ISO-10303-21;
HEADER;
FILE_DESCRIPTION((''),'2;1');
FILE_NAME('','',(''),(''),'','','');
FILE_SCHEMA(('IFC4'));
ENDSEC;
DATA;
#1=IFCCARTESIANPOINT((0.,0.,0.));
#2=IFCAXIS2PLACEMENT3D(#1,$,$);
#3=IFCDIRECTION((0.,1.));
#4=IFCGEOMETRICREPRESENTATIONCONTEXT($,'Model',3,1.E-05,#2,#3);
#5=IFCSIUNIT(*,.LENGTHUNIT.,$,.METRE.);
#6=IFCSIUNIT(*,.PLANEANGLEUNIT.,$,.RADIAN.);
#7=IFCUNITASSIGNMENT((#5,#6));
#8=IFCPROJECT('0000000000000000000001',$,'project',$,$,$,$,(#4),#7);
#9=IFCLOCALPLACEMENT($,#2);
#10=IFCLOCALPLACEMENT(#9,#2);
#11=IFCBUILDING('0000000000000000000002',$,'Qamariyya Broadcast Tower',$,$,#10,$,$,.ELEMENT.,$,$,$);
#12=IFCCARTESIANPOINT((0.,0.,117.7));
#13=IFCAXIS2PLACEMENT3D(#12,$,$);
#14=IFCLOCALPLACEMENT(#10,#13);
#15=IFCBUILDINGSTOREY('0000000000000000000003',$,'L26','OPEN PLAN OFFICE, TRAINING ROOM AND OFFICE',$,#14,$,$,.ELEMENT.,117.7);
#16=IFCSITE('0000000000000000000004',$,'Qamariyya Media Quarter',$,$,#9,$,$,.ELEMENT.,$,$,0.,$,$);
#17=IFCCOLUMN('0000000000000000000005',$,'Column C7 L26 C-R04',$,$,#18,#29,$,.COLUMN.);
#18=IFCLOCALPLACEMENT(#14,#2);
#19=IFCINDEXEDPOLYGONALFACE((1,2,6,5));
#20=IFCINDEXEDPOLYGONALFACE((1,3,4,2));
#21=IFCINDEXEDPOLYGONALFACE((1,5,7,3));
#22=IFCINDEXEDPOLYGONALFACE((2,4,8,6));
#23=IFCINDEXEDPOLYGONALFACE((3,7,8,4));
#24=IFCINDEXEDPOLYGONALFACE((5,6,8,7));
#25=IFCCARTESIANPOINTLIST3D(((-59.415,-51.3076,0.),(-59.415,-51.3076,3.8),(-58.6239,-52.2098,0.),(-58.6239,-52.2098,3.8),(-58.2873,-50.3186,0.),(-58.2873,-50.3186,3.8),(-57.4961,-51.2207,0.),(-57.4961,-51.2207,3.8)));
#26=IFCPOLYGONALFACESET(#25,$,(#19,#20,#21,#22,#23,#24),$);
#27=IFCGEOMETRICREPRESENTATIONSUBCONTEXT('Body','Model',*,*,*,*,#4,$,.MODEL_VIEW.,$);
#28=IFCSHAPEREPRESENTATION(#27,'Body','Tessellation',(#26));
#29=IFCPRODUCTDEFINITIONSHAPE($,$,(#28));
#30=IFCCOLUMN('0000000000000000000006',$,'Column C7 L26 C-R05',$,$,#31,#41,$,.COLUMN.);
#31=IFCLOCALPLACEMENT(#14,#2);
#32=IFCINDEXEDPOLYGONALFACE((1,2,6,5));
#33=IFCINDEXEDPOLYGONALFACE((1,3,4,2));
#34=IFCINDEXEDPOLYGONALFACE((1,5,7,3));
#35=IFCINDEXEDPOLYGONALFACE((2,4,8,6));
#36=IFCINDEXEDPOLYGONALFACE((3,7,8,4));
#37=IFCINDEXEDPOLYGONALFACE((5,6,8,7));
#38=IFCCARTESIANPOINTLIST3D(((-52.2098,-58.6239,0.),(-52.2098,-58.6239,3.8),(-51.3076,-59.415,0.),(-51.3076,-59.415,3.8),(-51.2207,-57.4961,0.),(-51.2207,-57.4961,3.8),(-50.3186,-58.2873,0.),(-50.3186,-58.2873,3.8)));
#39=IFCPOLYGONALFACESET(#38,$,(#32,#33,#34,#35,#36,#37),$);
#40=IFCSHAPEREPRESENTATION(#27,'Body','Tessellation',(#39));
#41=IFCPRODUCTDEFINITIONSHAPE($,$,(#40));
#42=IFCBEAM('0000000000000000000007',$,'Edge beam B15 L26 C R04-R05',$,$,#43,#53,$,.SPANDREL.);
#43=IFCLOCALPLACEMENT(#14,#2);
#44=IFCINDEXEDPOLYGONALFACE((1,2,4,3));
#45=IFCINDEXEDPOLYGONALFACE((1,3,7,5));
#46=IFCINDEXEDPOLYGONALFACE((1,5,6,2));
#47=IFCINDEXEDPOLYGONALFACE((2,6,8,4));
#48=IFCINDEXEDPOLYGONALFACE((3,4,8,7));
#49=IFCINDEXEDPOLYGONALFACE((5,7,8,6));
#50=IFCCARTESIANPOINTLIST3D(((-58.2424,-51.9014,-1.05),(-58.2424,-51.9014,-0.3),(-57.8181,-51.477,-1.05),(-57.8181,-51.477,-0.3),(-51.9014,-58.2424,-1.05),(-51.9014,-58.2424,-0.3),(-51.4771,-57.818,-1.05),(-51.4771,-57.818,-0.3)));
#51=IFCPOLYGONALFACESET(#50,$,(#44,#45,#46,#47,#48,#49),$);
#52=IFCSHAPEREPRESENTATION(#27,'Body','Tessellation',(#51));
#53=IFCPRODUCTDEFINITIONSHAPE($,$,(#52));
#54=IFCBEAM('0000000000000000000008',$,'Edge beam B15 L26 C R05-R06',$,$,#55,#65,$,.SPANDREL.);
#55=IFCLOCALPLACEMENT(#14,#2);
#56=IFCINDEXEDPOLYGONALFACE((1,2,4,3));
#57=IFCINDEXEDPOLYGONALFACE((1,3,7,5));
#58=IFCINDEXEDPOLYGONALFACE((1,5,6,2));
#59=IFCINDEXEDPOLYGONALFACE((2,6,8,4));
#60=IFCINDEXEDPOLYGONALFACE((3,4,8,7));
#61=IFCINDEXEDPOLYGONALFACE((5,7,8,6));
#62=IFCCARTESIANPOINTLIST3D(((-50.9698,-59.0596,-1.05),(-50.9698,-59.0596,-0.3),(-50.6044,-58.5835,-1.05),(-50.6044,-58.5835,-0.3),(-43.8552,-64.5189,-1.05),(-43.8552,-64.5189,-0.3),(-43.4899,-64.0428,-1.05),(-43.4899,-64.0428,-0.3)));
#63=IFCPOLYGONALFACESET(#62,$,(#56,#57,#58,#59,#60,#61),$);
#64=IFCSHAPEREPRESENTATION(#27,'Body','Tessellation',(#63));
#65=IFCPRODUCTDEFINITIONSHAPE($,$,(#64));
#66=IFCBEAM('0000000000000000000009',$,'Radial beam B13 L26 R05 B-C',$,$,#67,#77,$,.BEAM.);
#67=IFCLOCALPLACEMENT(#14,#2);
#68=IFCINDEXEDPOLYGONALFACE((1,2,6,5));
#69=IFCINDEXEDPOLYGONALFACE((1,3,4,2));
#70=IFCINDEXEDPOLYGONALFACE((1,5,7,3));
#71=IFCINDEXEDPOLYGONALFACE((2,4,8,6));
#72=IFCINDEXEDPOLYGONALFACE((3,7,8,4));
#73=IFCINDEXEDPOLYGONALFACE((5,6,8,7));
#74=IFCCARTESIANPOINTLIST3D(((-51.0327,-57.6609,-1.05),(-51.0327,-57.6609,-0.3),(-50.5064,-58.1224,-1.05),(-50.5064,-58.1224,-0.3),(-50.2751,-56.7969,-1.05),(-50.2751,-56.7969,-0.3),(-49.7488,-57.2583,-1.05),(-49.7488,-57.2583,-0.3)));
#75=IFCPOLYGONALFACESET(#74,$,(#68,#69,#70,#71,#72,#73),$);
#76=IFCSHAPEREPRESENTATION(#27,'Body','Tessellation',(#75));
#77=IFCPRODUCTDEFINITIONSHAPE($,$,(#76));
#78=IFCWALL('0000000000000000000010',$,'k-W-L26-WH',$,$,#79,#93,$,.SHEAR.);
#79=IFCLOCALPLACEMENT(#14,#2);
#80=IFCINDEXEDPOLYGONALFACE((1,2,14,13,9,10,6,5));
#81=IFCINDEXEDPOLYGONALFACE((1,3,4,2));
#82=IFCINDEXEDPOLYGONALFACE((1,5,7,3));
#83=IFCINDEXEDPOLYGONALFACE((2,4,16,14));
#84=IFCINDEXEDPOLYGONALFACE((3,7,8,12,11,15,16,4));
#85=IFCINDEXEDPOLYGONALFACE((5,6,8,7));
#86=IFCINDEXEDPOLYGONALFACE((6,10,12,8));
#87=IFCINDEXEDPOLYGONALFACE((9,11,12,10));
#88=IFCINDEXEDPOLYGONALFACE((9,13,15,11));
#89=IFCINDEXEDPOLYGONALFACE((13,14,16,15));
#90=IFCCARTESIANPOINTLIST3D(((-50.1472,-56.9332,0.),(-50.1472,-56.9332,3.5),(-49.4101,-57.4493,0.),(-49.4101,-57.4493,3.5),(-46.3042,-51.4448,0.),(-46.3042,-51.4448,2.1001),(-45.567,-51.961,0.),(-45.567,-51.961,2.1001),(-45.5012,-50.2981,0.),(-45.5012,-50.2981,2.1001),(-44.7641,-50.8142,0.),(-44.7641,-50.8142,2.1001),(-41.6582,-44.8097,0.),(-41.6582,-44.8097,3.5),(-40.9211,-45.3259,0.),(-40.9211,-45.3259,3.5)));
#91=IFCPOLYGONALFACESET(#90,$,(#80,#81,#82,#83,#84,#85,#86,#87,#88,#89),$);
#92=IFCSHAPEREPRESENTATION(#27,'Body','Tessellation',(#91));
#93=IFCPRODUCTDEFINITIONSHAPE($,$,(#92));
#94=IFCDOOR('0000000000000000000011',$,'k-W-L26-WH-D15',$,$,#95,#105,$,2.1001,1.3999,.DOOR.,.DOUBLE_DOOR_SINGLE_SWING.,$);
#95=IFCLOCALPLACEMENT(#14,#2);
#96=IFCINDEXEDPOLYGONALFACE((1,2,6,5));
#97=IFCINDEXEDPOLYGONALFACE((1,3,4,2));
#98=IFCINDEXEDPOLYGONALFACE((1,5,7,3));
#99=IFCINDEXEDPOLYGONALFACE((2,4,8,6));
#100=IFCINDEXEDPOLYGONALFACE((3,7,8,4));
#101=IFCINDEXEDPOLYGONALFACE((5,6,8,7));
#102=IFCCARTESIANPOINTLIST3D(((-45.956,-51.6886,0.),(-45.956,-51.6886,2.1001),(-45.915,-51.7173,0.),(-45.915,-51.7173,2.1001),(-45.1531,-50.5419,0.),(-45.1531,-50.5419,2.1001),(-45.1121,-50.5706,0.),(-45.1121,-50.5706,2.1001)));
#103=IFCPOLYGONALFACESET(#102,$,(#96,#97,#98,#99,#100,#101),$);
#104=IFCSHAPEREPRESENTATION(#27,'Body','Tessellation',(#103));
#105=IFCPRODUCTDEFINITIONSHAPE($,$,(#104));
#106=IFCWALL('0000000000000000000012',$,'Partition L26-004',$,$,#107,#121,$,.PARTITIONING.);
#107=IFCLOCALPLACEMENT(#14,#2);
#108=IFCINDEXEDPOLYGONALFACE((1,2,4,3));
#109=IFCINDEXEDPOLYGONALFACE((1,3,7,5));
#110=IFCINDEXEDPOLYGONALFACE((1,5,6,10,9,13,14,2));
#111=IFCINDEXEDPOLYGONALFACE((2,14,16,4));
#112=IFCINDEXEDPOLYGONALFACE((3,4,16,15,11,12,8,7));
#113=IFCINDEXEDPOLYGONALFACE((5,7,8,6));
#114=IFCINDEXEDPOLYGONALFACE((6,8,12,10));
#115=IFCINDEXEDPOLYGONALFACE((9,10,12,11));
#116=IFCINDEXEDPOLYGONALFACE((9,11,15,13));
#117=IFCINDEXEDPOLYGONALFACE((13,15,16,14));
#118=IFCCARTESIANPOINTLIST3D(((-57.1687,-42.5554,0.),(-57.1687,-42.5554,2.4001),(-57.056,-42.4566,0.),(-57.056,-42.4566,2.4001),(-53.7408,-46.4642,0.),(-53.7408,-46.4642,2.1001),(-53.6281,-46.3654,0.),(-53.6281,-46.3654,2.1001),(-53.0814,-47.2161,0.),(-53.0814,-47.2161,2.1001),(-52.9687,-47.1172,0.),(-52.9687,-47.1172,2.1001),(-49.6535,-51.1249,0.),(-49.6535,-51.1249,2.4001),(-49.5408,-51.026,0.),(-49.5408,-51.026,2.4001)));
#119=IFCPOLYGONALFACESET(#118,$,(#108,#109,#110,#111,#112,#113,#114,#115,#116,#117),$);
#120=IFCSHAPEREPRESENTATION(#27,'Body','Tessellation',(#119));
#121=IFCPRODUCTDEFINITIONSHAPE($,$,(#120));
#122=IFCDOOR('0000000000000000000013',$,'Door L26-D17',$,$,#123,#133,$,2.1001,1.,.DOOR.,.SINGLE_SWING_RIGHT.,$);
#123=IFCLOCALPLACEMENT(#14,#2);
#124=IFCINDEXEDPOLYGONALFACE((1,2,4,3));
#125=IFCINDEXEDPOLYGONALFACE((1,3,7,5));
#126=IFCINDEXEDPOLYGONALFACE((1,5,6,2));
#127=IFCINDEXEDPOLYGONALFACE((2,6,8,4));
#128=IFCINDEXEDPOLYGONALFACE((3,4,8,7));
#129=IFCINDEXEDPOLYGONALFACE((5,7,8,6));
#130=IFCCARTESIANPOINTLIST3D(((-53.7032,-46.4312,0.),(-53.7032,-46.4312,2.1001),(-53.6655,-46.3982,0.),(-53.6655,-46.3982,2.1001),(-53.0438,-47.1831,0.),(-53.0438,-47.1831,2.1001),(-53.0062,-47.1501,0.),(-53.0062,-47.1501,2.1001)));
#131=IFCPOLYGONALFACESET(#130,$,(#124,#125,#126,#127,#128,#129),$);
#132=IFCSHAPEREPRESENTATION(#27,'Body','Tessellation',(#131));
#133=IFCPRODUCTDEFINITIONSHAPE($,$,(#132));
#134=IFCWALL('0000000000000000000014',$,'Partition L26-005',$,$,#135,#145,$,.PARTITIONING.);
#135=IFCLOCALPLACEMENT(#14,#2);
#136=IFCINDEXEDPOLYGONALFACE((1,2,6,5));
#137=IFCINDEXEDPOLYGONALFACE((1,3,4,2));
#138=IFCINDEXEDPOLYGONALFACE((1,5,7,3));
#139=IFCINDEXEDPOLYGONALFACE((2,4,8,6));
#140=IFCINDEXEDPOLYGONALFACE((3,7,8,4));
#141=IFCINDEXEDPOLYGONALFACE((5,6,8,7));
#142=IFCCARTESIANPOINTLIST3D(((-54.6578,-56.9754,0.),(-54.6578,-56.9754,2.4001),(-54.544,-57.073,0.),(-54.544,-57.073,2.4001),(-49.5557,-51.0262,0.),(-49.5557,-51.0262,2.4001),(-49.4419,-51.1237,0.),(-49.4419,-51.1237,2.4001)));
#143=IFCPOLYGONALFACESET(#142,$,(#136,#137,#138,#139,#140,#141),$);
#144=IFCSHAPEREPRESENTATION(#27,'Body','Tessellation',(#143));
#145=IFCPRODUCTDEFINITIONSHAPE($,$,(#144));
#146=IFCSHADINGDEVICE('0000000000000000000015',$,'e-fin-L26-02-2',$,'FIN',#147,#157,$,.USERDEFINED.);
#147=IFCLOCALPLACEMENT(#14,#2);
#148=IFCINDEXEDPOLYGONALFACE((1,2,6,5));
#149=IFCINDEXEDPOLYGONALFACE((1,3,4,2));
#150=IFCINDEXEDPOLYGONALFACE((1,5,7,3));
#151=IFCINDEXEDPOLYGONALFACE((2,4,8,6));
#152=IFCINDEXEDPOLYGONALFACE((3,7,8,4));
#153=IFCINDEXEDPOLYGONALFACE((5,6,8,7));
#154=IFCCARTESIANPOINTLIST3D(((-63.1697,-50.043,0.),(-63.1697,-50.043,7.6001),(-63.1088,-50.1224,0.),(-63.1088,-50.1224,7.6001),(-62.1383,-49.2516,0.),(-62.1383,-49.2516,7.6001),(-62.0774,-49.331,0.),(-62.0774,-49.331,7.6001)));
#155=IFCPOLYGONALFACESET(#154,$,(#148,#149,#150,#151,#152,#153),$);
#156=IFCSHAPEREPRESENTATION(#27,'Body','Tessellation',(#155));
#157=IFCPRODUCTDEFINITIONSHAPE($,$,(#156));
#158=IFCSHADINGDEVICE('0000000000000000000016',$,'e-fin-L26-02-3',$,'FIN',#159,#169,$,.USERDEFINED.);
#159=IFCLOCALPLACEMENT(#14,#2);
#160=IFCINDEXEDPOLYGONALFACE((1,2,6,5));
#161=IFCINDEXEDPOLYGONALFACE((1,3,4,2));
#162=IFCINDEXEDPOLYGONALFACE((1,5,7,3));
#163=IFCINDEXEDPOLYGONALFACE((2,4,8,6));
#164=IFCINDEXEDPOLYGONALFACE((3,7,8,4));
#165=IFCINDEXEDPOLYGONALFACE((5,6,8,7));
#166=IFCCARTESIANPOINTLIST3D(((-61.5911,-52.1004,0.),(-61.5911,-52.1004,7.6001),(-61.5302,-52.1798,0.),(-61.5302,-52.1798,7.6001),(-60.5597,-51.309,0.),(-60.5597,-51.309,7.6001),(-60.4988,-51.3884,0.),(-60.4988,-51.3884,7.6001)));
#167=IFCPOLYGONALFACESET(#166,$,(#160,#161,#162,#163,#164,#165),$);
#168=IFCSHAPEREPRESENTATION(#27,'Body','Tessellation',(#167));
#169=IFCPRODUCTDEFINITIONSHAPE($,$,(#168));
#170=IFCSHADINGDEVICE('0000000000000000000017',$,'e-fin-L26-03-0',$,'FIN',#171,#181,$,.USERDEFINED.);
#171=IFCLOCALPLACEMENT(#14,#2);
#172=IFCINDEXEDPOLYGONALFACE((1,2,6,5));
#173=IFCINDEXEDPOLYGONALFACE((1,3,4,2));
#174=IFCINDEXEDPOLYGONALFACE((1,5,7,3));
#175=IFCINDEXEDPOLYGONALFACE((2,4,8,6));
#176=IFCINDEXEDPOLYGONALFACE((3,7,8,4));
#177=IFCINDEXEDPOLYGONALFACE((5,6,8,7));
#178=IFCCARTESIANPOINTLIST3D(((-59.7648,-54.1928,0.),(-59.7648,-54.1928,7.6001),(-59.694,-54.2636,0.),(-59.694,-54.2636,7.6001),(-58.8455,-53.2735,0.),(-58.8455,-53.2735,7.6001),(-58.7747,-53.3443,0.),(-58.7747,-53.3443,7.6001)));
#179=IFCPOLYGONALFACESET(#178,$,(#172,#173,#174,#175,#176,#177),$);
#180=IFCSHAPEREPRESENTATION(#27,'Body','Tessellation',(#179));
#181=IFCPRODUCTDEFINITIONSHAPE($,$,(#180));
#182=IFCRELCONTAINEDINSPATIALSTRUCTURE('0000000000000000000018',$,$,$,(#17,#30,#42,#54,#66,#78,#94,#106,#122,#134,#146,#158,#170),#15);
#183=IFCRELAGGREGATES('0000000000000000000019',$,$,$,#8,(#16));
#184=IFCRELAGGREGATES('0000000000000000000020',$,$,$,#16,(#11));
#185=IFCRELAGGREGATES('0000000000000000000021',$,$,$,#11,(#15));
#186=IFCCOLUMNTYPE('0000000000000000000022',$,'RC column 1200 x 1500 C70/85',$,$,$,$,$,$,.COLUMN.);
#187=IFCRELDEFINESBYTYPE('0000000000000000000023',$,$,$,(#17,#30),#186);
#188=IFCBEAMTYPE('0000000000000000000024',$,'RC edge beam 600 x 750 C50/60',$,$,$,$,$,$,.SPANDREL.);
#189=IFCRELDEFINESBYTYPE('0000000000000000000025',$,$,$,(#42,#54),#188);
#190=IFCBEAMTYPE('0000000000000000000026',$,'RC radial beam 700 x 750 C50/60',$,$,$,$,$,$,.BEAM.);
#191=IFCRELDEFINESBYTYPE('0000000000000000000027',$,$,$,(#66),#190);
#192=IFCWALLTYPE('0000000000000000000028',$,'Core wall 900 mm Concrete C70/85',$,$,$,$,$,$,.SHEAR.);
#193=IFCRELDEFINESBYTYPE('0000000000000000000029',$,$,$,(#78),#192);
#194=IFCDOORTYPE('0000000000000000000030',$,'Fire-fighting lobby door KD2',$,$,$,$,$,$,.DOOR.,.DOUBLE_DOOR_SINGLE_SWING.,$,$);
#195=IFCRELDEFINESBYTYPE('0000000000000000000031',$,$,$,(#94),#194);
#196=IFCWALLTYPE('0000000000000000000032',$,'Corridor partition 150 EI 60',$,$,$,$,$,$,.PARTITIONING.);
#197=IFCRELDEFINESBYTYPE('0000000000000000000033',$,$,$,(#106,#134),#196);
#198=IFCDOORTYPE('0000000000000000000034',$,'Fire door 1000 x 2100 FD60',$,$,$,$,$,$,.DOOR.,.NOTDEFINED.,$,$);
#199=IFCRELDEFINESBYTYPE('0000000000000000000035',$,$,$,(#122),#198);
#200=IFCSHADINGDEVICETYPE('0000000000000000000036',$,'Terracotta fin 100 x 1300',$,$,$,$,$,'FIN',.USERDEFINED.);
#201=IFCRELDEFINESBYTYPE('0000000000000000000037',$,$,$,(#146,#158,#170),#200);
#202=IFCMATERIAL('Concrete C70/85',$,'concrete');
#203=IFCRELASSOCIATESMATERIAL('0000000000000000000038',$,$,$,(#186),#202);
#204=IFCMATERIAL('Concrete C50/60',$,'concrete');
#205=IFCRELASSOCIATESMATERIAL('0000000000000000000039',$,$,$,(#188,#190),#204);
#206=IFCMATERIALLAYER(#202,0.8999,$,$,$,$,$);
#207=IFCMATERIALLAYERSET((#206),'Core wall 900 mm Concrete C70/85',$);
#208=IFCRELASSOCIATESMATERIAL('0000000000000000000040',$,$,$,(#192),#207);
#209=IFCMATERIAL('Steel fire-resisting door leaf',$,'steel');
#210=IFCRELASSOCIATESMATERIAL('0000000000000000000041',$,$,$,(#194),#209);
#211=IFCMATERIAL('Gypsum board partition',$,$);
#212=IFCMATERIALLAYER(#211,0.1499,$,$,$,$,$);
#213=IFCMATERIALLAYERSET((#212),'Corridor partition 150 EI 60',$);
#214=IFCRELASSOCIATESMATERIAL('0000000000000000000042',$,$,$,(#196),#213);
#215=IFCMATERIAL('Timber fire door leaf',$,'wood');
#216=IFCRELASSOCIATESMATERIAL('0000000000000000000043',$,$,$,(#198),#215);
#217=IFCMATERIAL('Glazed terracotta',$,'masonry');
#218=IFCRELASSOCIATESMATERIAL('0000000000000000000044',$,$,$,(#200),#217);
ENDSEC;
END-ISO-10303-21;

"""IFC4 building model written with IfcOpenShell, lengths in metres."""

from ifc_helpers import new_model, si_unit, direction, frame, frame_2d, origin, origin_2d, place, context, subcontext, project, spatial, rectangle, extrude, material, layer, layer_set, material_profile, profile_set, type_object, element, fill, save


model = new_model("IFC4")

# Units and contexts
model_context = context("Model", 3, precision=1e-05, world=origin(), true_north=direction((0.0, 1.0)))
body_context = subcontext(model_context, "Body", "Model", "MODEL_VIEW")
ifc_project = project(units=[si_unit("LENGTHUNIT", "METRE"), si_unit("PLANEANGLEUNIT", "RADIAN")], contexts=[model_context])

# Site, building, storey
site_placement = place(None, origin())
site = spatial("IfcSite", under=ifc_project, at=site_placement, Name="Qamariyya Media Quarter", CompositionType="ELEMENT", RefElevation=0.0)
building_placement = place(site_placement, origin())
building = spatial("IfcBuilding", under=site, at=building_placement, Name="Qamariyya Broadcast Tower", CompositionType="ELEMENT")
storey_placement = place(building_placement, frame((0.0, 0.0, 117.7)))
storey = spatial("IfcBuildingStorey", under=building, at=storey_placement, Name="L26", Description="OPEN PLAN OFFICE, TRAINING ROOM AND OFFICE", CompositionType="ELEMENT", Elevation=117.7)

# Columns
ifc_material_1 = material(Name="Concrete C70/85", Category="concrete")
ifc_material_profile_1 = material_profile(ifc_material_1, rectangle(XDim=1.2, YDim=1.5, at=origin_2d()))
ifc_profile_set_1 = profile_set([ifc_material_profile_1], Name="Concrete C70/85")
column_type = type_object("IfcColumnType", Name="RC column 1200 x 1500 C70/85", PredefinedType="COLUMN", material=ifc_profile_set_1)
for number, where, z_axis, x_axis, name in (
    (1, (-58.4556, -51.2642, 0.0), (0.0, 0.0, 1.0), (0.659346, -0.75184, 0.0), "Column C7 L26 C-R04"),
    (2, (-51.2642, -58.4556, 0.0), (0.0, 0.0, 1.0), (0.75184, -0.659346, 0.0), "Column C7 L26 C-R05"),
):
    element("IfcColumn", number, at=place(storey_placement, frame(where, z_axis=z_axis, x_axis=x_axis)), inside=storey, type_object=column_type, Name=name, PredefinedType="COLUMN", context=body_context, shape_type="SweptSolid", body=[
        extrude(rectangle(XDim=1.2, YDim=1.5, at=origin_2d()), origin(), (0.0, 0.0, 1.0), 3.8),
    ])

# Beams
ifc_material_2 = material(Name="Concrete C50/60", Category="concrete")
ifc_material_profile_2 = material_profile(ifc_material_2, rectangle(XDim=0.6001, YDim=0.75, at=origin_2d()))
ifc_profile_set_2 = profile_set([ifc_material_profile_2], Name="Concrete C50/60")
beam_type_1 = type_object("IfcBeamType", Name="RC edge beam 600 x 750 C50/60", PredefinedType="SPANDREL", material=ifc_profile_set_2)
beam_1_placement = place(storey_placement, frame((-58.0303, -51.6892, -0.675), z_axis=(0.707107, -0.707107, 0.0), x_axis=(0.707107, 0.707107, 0.0)))
element("IfcBeam", 3, at=beam_1_placement, inside=storey, type_object=beam_type_1, Name="Edge beam B15 L26 C R04-R05", PredefinedType="SPANDREL", context=body_context, shape_type="SweptSolid", body=[
    extrude(rectangle(XDim=0.6001, YDim=0.75, at=origin_2d()), origin(), (0.0, 0.0, 1.0), 8.9675),
])
beam_2_placement = place(storey_placement, frame((-50.7871, -58.8215, -0.675), z_axis=(0.793349, -0.608767, 0.0), x_axis=(0.608767, 0.793349, 0.0)))
element("IfcBeam", 4, at=beam_2_placement, inside=storey, type_object=beam_type_1, Name="Edge beam B15 L26 C R05-R06", PredefinedType="SPANDREL", context=body_context, shape_type="SweptSolid", body=[
    extrude(rectangle(XDim=0.6001, YDim=0.75, at=origin_2d()), origin(), (0.0, 0.0, 1.0), 8.9678),
])
ifc_material_profile_3 = material_profile(ifc_material_2, rectangle(XDim=0.7, YDim=0.75, at=origin_2d()))
ifc_profile_set_3 = profile_set([ifc_material_profile_3], Name="Concrete C50/60")
beam_type_2 = type_object("IfcBeamType", Name="RC radial beam 700 x 750 C50/60", PredefinedType="BEAM", material=ifc_profile_set_3)
beam_3_placement = place(storey_placement, frame((-50.012, -57.0276, -0.675), z_axis=(-0.659271, -0.751905, 0.0), x_axis=(0.751905, -0.659271, 0.0)))
element("IfcBeam", 5, at=beam_3_placement, inside=storey, type_object=beam_type_2, Name="Radial beam B13 L26 R05 B-C", PredefinedType="BEAM", context=body_context, shape_type="SweptSolid", body=[
    extrude(rectangle(XDim=0.7, YDim=0.75, at=origin_2d()), origin(), (0.0, 0.0, 1.0), 1.1492),
])

# Walls, openings, doors
ifc_layer_1 = layer(ifc_material_1, 0.8999)
ifc_layer_set_1 = layer_set([ifc_layer_1], Name="Core wall 900 mm Concrete C70/85")
wall_type_1 = type_object("IfcWallType", Name="Core wall 900 mm Concrete C70/85", PredefinedType="SHEAR", material=ifc_layer_set_1)
wall_1_placement = place(storey_placement, frame((-49.7786, -57.1912, 0.0), z_axis=(0.0, 0.0, 1.0), x_axis=(0.573577, 0.819151, 0.0)))
wall_1 = element("IfcWall", 6, at=wall_1_placement, inside=storey, type_object=wall_type_1, Name="k-W-L26-WH", PredefinedType="SHEAR", context=body_context, shape_type="SweptSolid", body=[
    extrude(rectangle(XDim=14.8, YDim=0.8999, at=frame_2d((7.3999, 0.0))), origin(), (0.0, 0.0, 1.0), 3.5),
])
opening_1_placement = place(wall_1_placement, frame((6.7, 0.0, 0.0)))
opening_1 = element("IfcOpeningElement", 7, at=opening_1_placement, cuts=wall_1, PredefinedType="OPENING", context=body_context, shape_type="SweptSolid", body=[
    extrude(rectangle(XDim=1.3999, YDim=2.1001, at=frame_2d((0.7, 1.05))), frame((0.0, 0.46, 0.0), z_axis=(0.0, -1.0, 0.0), x_axis=(1.0, 0.0, 0.0)), (0.0, 0.0, 1.0), 0.9199),
])
ifc_material_3 = material(Name="Steel fire-resisting door leaf", Category="steel")
door_type_1 = type_object("IfcDoorType", Name="Fire-fighting lobby door KD2", OperationType="DOUBLE_DOOR_SINGLE_SWING", PredefinedType="DOOR", material=ifc_material_3)
door_1_placement = place(opening_1_placement, origin())
door_1 = element("IfcDoor", 8, at=door_1_placement, inside=storey, type_object=door_type_1, Name="k-W-L26-WH-D15", OperationType="DOUBLE_DOOR_SINGLE_SWING", OverallHeight=2.1001, OverallWidth=1.3999, PredefinedType="DOOR", context=body_context, shape_type="SweptSolid", body=[
    extrude(rectangle(XDim=1.3999, YDim=2.1001, at=frame_2d((0.7, 1.05))), frame((0.0, 0.0249, 0.0), z_axis=(0.0, -1.0, 0.0), x_axis=(1.0, 0.0, 0.0)), (0.0, 0.0, 1.0), 0.05),
])
fill(opening_1, door_1)
ifc_material_4 = material(Name="Gypsum board partition")
ifc_layer_2 = layer(ifc_material_4, 0.1499)
ifc_layer_set_2 = layer_set([ifc_layer_2], Name="Corridor partition 150 EI 60")
wall_type_2 = type_object("IfcWallType", Name="Corridor partition 150 EI 60", PredefinedType="PARTITIONING", material=ifc_layer_set_2)
wall_2_placement = place(storey_placement, frame((-49.5972, -51.0754, 0.0), z_axis=(0.0, 0.0, 1.0), x_axis=(-0.659347, 0.751838, 0.0)))
wall_2 = element("IfcWall", 9, at=wall_2_placement, inside=storey, type_object=wall_type_2, Name="Partition L26-004", PredefinedType="PARTITIONING", context=body_context, shape_type="SweptSolid", body=[
    extrude(rectangle(XDim=11.3979, YDim=0.1499, at=frame_2d((5.699, 0.0))), origin(), (0.0, 0.0, 1.0), 2.4001),
])
opening_2_placement = place(wall_2_placement, frame((5.199, 0.0, 0.0)))
opening_2 = element("IfcOpeningElement", 10, at=opening_2_placement, cuts=wall_2, PredefinedType="OPENING", context=body_context, shape_type="SweptSolid", body=[
    extrude(rectangle(XDim=1.0, YDim=2.1001, at=frame_2d((0.5, 1.05))), frame((0.0, 0.085, 0.0), z_axis=(0.0, -1.0, 0.0), x_axis=(1.0, 0.0, 0.0)), (0.0, 0.0, 1.0), 0.1699),
])
ifc_material_5 = material(Name="Timber fire door leaf", Category="wood")
door_type_2 = type_object("IfcDoorType", Name="Fire door 1000 x 2100 FD60", OperationType="NOTDEFINED", PredefinedType="DOOR", material=ifc_material_5)
door_2_placement = place(opening_2_placement, origin())
door_2 = element("IfcDoor", 11, at=door_2_placement, inside=storey, type_object=door_type_2, Name="Door L26-D17", OperationType="SINGLE_SWING_RIGHT", OverallHeight=2.1001, OverallWidth=1.0, PredefinedType="DOOR", context=body_context, shape_type="SweptSolid", body=[
    extrude(rectangle(XDim=1.0, YDim=2.1001, at=frame_2d((0.5, 1.05))), frame((0.0, 0.0249, 0.0), z_axis=(0.0, -1.0, 0.0), x_axis=(1.0, 0.0, 0.0)), (0.0, 0.0, 1.0), 0.05),
])
fill(opening_2, door_2)

# Wall
wall_3_placement = place(storey_placement, frame((-49.4988, -51.075, 0.0), z_axis=(0.0, 0.0, 1.0), x_axis=(-0.650991, -0.759085, 0.0)))
element("IfcWall", 12, at=wall_3_placement, inside=storey, type_object=wall_type_2, Name="Partition L26-005", PredefinedType="PARTITIONING", context=body_context, shape_type="SweptSolid", body=[
    extrude(rectangle(XDim=7.8374, YDim=0.1499, at=frame_2d((3.9187, 0.0))), origin(), (0.0, 0.0, 1.0), 2.4001),
])

# Shading devices
ifc_material_6 = material(Name="Glazed terracotta", Category="masonry")
ifc_material_profile_4 = material_profile(ifc_material_6, rectangle(XDim=1.3, YDim=0.1001, at=origin_2d()))
ifc_profile_set_4 = profile_set([ifc_material_profile_4], Name="Glazed terracotta")
shading_device_type_1 = type_object("IfcShadingDeviceType", Name="Terracotta fin 100 x 1300", ElementType="FIN", PredefinedType="USERDEFINED", material=ifc_profile_set_4)
for number, where, z_axis, x_axis, name in (
    (13, (-62.6235, -49.687, 0.0), (0.0, 0.0, 1.0), (-0.793353, -0.608761, 0.0), "e-fin-L26-02-2"),
    (14, (-61.0449, -51.7444, 0.0), (0.0, 0.0, 1.0), (-0.793353, -0.608761, 0.0), "e-fin-L26-02-3"),
    (15, (-59.2698, -53.7686, 0.0), (0.0, 0.0, 1.0), (-0.707107, -0.707107, 0.0), "e-fin-L26-03-0"),
):
    element("IfcShadingDevice", number, at=place(storey_placement, frame(where, z_axis=z_axis, x_axis=x_axis)), inside=storey, type_object=shading_device_type_1, Name=name, ObjectType="FIN", PredefinedType="USERDEFINED", context=body_context, shape_type="SweptSolid", body=[
        extrude(rectangle(XDim=1.3, YDim=0.1001, at=origin_2d()), origin(), (0.0, 0.0, 1.0), 7.6001),
    ])

save(model, "model.ifc")
